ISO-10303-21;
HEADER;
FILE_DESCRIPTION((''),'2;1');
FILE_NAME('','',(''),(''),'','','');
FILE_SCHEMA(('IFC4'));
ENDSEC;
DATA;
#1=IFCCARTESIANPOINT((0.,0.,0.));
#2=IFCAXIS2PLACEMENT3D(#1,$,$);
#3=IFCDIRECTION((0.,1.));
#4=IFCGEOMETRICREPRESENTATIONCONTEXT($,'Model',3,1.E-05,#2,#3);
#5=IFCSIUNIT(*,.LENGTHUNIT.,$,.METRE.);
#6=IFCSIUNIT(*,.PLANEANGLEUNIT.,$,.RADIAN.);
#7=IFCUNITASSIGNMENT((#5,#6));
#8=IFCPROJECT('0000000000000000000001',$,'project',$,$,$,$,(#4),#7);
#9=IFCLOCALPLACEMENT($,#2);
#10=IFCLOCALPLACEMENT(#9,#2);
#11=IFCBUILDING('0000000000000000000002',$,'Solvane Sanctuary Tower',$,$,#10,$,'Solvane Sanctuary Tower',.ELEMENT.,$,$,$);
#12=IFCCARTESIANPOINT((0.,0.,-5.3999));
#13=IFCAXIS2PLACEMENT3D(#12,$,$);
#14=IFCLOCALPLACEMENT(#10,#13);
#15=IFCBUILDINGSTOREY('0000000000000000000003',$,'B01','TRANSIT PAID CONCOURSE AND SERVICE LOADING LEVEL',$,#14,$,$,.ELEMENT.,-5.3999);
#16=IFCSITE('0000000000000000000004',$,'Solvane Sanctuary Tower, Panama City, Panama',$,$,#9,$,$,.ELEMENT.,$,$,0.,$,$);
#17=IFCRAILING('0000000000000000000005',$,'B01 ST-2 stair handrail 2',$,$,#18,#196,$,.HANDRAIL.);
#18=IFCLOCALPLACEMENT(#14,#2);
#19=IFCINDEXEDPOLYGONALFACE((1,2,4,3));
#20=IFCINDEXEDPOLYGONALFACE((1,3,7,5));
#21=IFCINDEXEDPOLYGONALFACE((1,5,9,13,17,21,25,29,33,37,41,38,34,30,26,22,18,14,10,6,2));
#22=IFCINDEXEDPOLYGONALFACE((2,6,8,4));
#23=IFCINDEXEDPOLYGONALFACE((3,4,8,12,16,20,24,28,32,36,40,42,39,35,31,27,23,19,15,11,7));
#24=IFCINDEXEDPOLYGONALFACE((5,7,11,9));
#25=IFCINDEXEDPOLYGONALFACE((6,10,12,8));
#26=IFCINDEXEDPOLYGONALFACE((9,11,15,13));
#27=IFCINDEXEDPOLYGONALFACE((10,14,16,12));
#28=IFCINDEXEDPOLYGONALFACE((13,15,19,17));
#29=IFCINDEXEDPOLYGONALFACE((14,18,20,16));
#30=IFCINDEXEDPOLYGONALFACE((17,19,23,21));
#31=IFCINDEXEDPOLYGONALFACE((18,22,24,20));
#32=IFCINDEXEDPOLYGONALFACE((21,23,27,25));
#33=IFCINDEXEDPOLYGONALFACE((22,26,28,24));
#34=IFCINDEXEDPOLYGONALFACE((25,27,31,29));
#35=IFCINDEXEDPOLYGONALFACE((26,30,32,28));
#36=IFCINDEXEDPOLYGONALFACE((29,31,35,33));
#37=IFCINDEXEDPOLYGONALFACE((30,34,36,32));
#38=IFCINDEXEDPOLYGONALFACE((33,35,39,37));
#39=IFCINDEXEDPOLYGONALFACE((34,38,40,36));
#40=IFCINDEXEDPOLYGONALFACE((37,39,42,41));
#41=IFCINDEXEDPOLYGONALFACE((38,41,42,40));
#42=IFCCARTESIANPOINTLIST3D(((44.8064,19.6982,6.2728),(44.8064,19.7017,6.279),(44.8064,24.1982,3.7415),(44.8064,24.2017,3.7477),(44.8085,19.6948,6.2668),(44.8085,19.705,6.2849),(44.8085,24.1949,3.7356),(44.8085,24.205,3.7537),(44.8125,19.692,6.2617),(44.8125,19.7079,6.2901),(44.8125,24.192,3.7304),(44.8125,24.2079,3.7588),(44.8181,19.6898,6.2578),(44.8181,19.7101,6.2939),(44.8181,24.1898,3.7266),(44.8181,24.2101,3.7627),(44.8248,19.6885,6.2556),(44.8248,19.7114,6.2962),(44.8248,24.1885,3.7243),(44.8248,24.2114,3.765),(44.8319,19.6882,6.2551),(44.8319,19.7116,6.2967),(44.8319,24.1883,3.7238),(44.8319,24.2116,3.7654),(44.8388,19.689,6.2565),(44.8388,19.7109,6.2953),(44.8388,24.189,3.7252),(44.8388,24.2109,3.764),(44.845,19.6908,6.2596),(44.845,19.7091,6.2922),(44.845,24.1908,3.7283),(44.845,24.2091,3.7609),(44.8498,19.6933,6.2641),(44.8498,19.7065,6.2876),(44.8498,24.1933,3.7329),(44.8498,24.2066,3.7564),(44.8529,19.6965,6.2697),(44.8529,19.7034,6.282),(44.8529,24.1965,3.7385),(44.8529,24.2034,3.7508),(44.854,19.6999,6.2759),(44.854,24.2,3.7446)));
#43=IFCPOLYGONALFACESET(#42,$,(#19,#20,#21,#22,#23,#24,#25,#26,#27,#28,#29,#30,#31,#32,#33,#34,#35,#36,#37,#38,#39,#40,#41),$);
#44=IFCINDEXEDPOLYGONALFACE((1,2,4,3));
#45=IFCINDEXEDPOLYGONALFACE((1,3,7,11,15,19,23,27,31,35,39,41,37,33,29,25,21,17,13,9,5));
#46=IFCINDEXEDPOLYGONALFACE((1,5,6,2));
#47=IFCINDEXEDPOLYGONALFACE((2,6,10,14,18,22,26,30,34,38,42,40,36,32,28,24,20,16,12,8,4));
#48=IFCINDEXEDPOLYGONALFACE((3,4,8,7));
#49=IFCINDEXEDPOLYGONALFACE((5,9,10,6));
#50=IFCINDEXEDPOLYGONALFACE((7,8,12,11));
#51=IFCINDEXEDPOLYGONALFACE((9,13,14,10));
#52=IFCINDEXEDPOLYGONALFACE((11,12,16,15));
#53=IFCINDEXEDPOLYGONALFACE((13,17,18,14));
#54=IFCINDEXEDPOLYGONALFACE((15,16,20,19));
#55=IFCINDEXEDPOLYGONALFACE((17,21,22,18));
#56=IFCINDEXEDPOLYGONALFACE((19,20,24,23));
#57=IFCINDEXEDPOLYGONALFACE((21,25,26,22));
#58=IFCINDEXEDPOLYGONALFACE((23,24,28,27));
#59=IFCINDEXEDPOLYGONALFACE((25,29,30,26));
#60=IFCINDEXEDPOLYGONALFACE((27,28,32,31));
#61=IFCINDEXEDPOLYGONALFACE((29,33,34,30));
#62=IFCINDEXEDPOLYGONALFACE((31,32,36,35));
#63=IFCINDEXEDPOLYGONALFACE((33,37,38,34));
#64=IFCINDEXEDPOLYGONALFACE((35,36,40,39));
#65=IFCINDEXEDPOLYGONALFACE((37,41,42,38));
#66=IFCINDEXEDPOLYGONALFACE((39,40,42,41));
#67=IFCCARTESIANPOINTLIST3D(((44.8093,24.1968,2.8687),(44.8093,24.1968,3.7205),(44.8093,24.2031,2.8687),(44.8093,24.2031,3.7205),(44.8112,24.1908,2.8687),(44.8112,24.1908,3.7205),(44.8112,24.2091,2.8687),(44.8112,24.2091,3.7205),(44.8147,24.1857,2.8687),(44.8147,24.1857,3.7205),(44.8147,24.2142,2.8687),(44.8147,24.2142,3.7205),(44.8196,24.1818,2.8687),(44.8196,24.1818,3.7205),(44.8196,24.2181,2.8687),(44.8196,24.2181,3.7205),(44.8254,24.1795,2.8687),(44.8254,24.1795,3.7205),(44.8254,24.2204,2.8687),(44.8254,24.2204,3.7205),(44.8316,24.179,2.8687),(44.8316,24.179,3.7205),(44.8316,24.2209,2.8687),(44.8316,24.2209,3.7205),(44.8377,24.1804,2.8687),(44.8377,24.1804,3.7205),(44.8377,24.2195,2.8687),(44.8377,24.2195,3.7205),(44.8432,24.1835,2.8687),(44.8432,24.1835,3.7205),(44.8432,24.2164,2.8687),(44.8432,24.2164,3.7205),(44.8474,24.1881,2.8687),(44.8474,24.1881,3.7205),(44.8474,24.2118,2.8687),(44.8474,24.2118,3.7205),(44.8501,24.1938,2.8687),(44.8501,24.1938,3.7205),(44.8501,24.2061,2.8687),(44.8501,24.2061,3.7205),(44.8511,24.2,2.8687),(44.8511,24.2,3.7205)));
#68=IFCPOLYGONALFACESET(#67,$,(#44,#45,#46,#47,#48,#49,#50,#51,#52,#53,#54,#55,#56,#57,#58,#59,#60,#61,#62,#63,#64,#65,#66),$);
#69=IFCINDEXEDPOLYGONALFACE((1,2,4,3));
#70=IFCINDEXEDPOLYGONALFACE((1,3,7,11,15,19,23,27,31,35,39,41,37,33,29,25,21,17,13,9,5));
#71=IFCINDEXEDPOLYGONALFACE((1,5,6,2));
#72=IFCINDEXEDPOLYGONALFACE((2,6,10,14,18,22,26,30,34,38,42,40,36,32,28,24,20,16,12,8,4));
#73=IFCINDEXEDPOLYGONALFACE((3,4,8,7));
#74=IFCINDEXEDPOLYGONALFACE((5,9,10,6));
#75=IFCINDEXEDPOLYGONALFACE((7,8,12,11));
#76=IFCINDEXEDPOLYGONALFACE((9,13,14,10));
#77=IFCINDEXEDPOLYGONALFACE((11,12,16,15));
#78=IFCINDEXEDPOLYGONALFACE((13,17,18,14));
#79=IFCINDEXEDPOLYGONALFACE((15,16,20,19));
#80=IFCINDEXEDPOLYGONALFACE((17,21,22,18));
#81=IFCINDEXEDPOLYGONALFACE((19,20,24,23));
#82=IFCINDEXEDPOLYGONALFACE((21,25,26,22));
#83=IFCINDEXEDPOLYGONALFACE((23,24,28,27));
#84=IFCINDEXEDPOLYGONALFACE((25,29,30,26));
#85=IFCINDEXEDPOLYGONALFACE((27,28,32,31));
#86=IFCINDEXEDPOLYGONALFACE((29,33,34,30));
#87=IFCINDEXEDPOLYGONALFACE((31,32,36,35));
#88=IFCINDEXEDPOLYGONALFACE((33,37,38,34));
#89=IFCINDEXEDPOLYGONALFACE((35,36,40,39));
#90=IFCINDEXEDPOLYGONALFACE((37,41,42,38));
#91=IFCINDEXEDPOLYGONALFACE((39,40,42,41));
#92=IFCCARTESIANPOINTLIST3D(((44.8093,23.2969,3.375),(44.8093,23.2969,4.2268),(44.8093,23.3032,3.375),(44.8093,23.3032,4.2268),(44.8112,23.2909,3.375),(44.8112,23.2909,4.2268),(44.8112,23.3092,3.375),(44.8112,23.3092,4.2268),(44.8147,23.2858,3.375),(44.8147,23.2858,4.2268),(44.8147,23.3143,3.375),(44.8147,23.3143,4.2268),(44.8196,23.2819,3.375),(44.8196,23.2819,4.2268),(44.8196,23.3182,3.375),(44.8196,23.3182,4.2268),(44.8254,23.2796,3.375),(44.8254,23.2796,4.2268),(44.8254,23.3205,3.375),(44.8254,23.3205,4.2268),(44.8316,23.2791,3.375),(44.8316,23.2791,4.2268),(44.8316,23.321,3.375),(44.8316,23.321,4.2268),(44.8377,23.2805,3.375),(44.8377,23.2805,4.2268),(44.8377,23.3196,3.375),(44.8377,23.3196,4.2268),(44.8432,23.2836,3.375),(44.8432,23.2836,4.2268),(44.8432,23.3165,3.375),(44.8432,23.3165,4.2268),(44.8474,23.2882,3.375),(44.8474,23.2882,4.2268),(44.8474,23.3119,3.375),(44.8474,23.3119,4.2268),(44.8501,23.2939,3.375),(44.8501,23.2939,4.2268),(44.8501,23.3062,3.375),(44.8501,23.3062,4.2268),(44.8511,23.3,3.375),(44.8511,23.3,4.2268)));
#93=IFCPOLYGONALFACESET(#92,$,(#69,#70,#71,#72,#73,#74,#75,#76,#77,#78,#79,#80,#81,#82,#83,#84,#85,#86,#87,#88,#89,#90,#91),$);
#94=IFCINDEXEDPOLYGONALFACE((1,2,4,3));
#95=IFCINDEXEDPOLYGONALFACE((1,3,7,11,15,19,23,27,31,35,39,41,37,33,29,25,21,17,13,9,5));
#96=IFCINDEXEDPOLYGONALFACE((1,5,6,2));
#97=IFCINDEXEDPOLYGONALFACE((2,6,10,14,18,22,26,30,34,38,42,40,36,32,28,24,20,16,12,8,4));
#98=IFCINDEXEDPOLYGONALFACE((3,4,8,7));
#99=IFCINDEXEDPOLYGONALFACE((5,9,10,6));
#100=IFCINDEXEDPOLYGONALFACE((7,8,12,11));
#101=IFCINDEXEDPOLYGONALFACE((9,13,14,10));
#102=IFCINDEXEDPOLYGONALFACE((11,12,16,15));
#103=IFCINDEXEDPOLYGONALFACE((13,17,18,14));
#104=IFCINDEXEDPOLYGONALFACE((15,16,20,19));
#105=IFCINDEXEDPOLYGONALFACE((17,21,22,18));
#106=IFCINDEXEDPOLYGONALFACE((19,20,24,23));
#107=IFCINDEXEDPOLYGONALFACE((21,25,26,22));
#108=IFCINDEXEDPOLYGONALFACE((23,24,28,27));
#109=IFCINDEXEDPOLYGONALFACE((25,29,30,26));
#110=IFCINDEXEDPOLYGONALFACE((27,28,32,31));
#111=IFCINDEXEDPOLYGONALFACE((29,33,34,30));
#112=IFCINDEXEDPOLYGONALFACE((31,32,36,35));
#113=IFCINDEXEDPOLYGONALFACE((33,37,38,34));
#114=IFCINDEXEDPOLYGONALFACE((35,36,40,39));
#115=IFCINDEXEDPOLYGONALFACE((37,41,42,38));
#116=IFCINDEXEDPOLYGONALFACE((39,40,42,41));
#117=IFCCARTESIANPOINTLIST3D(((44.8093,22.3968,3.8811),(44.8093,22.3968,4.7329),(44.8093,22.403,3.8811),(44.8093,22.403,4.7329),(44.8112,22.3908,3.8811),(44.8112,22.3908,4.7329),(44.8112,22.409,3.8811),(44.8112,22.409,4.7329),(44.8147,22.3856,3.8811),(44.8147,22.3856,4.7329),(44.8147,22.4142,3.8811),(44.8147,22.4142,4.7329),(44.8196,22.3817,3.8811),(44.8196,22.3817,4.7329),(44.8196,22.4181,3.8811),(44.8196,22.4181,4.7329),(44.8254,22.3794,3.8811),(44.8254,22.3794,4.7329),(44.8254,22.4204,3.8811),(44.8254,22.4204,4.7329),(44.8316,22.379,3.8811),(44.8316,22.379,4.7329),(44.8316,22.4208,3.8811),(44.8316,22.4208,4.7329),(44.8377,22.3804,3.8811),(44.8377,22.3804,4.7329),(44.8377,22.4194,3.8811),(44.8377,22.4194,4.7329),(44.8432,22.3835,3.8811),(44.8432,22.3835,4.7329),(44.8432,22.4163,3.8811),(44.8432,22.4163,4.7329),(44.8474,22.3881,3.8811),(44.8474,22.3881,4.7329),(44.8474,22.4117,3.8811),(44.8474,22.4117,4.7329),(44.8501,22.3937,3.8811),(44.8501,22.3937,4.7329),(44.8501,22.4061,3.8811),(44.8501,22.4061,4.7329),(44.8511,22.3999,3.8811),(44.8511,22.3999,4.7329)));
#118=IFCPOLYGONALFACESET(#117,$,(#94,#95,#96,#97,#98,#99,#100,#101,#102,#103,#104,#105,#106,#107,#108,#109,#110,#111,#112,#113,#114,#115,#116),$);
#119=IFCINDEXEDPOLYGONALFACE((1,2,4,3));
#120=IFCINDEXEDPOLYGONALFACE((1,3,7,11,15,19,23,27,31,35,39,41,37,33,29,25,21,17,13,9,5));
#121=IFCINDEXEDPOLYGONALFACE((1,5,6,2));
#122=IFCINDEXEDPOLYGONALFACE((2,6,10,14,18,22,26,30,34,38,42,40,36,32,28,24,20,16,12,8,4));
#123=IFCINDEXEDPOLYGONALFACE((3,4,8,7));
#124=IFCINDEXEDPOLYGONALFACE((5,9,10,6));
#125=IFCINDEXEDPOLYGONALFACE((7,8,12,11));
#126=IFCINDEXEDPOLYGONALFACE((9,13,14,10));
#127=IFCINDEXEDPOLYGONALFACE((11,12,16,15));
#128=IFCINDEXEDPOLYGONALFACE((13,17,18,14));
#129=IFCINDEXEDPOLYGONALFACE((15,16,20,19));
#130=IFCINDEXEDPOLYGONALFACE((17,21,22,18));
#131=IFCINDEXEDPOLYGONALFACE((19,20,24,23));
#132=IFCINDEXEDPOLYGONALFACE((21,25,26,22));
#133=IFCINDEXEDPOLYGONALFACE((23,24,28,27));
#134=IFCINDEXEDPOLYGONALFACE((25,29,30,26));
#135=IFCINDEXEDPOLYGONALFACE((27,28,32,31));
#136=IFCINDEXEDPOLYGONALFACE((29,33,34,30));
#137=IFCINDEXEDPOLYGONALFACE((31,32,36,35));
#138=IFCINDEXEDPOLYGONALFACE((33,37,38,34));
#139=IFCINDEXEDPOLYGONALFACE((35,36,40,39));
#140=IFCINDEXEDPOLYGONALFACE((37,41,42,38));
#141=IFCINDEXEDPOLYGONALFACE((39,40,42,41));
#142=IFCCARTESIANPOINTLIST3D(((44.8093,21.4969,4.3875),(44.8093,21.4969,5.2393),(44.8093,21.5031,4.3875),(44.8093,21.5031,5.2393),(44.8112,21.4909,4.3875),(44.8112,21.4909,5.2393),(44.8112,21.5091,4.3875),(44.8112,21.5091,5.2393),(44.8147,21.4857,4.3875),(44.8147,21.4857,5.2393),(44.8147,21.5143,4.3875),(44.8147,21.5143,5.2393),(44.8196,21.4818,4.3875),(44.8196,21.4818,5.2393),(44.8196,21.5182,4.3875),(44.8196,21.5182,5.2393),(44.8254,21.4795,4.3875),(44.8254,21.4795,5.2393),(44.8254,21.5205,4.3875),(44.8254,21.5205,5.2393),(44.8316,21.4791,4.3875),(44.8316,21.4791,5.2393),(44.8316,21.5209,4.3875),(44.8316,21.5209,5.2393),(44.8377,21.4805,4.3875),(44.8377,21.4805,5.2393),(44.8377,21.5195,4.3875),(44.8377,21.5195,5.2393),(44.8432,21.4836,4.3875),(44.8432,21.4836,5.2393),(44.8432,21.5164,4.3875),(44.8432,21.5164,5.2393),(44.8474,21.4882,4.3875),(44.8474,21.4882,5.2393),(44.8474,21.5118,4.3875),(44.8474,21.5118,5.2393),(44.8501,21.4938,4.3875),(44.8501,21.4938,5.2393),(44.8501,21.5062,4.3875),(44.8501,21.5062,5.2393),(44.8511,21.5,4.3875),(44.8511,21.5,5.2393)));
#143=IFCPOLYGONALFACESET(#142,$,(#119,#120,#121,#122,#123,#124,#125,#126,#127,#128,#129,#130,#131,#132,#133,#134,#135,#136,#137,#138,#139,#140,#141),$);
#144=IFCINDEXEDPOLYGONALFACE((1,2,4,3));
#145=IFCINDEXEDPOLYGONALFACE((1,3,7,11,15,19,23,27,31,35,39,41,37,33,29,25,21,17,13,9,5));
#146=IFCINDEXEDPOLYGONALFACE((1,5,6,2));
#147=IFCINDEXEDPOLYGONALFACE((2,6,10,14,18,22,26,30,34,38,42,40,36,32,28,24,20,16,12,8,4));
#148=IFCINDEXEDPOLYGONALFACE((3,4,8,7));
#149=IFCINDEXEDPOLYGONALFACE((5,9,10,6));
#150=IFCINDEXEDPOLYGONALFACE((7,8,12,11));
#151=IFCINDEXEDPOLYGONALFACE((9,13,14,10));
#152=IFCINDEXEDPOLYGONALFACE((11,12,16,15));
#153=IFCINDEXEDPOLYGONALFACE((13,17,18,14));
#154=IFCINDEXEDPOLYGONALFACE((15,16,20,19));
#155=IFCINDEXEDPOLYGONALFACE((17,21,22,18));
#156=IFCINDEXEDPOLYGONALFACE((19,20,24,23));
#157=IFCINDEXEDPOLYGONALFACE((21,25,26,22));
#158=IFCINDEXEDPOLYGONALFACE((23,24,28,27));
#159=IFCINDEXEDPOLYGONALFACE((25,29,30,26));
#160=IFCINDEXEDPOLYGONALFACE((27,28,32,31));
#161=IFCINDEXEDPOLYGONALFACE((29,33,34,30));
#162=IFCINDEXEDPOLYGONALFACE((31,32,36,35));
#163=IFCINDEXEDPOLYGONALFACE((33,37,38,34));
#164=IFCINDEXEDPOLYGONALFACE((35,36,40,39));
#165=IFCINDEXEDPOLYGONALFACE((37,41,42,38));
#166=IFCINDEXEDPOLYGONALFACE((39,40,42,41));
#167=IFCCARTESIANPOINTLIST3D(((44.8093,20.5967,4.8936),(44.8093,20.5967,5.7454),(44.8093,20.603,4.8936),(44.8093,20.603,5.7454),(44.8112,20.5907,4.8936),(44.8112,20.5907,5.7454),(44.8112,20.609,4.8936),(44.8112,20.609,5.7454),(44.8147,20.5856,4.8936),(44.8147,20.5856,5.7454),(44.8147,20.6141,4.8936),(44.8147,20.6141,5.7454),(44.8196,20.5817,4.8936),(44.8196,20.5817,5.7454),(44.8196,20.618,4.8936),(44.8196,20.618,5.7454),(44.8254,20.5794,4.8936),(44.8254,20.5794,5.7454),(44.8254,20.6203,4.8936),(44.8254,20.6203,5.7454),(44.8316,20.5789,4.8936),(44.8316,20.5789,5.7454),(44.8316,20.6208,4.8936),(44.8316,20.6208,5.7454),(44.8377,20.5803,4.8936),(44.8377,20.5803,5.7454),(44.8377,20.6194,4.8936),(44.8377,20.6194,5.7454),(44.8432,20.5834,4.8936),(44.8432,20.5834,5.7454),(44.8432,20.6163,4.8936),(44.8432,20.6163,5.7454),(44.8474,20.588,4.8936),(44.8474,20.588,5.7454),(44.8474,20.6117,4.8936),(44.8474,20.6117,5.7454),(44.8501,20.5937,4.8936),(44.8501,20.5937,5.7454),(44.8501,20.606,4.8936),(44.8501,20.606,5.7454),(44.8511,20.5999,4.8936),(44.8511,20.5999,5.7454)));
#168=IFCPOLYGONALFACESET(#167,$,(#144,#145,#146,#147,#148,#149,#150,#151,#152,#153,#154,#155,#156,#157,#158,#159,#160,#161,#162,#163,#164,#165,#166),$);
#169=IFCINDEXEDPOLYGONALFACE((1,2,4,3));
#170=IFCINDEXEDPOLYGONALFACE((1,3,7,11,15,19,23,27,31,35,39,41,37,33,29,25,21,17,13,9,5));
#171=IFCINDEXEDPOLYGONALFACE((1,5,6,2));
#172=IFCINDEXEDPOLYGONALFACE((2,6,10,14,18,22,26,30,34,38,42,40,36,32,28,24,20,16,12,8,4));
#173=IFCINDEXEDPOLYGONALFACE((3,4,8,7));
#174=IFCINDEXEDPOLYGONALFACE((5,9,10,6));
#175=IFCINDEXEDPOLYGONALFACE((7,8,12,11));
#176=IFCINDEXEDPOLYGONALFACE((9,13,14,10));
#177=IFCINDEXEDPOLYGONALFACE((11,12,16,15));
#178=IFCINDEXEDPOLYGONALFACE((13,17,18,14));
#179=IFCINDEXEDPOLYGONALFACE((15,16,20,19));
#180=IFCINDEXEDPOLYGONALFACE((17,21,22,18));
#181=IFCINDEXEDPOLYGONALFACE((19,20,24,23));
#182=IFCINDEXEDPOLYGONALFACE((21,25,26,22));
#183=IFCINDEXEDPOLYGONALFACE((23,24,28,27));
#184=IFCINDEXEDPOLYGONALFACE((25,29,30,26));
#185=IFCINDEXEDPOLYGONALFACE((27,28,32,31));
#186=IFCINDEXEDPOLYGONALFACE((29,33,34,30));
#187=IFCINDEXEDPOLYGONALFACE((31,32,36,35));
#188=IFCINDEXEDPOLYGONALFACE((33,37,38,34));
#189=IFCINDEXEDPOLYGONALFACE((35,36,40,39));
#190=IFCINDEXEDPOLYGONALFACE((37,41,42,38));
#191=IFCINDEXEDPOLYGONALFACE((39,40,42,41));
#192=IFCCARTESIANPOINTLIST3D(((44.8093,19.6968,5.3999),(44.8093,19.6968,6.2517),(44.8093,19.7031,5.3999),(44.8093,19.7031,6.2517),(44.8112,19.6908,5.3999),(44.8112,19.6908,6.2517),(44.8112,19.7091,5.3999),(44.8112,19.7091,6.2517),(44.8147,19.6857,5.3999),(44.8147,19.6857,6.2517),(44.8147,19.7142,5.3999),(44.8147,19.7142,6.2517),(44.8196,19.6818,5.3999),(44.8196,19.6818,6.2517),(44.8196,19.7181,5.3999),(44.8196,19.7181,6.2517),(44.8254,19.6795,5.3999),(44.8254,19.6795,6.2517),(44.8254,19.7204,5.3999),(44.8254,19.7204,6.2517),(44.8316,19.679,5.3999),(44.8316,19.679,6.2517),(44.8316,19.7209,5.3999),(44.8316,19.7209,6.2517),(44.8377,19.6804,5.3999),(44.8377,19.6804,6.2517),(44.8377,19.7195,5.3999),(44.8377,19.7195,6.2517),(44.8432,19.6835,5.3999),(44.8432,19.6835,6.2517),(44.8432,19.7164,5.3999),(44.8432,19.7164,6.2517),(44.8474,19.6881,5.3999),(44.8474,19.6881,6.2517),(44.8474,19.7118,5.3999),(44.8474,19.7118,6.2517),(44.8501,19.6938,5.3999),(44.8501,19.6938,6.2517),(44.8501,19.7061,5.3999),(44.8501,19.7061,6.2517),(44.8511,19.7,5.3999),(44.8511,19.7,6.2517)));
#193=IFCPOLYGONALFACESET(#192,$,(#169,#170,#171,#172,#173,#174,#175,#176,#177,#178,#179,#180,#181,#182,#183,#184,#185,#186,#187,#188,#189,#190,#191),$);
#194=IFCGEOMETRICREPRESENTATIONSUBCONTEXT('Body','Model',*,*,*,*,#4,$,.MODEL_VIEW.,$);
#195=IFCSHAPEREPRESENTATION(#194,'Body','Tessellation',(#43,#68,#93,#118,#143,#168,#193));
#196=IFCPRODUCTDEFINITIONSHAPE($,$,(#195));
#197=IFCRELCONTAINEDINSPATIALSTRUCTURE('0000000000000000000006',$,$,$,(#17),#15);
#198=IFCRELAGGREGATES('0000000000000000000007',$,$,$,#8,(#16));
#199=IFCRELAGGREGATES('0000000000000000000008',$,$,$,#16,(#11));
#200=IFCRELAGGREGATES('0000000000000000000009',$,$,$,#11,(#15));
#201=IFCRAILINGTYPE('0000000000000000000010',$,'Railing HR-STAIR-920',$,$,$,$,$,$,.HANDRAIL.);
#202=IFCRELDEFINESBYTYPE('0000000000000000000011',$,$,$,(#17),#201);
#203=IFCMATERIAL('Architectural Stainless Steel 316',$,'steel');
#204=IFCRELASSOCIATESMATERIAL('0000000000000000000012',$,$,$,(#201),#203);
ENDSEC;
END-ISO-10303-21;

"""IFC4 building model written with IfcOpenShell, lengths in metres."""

from ifc_helpers import new_model, si_unit, direction, frame, origin, origin_2d, place, context, subcontext, project, spatial, circle, extrude, material, type_object, element, save


model = new_model("IFC4")

# Units and contexts
model_context = context("Model", 3, precision=1e-05, world=origin(), true_north=direction((0.0, 1.0)))
body_context = subcontext(model_context, "Body", "Model", "MODEL_VIEW")
ifc_project = project(units=[si_unit("LENGTHUNIT", "METRE"), si_unit("PLANEANGLEUNIT", "RADIAN")], contexts=[model_context])

# Site, building, storey
site_placement = place(None, origin())
site = spatial("IfcSite", under=ifc_project, at=site_placement, Name="Solvane Sanctuary Tower, Panama City, Panama", CompositionType="ELEMENT", RefElevation=0.0)
building_placement = place(site_placement, origin())
building = spatial("IfcBuilding", under=site, at=building_placement, Name="Solvane Sanctuary Tower", LongName="Solvane Sanctuary Tower", CompositionType="ELEMENT")
storey_placement = place(building_placement, frame((0.0, 0.0, -5.3999)))
storey = spatial("IfcBuildingStorey", under=building, at=storey_placement, Name="B01", Description="TRANSIT PAID CONCOURSE AND SERVICE LOADING LEVEL", CompositionType="ELEMENT", Elevation=-5.3999)

# Shared definitions
ifc_material_1 = material(Name="Architectural Stainless Steel 316", Category="steel")

# Railing
railing_type_1 = type_object("IfcRailingType", Name="Railing HR-STAIR-920", PredefinedType="HANDRAIL", material=ifc_material_1)
railing_1_placement = place(storey_placement, frame((44.8301, 24.2, 2.8687)))
element("IfcRailing", 1, at=railing_1_placement, inside=storey, type_object=railing_type_1, Name="B01 ST-2 stair handrail 2", PredefinedType="HANDRAIL", context=body_context, shape_type="SweptSolid", body=[
    extrude(circle(Radius=0.0239, at=origin_2d()), frame((0.0, 0.0, 0.876), z_axis=(0.0, -0.871576, 0.490261), x_axis=(1.0, 0.0, 0.0)), (0.0, 0.0, 1.0), 5.1631),
    extrude(circle(Radius=0.021, at=origin_2d()), origin(), (0.0, 0.0, 1.0), 0.8518),
    extrude(circle(Radius=0.021, at=origin_2d()), frame((0.0, -0.8999, 0.5063)), (0.0, 0.0, 1.0), 0.8518),
    extrude(circle(Radius=0.021, at=origin_2d()), frame((0.0, -1.8, 1.0125)), (0.0, 0.0, 1.0), 0.8518),
    extrude(circle(Radius=0.021, at=origin_2d()), frame((0.0, -2.7, 1.5188)), (0.0, 0.0, 1.0), 0.8518),
    extrude(circle(Radius=0.021, at=origin_2d()), frame((0.0, -3.6001, 2.0249)), (0.0, 0.0, 1.0), 0.8518),
    extrude(circle(Radius=0.021, at=origin_2d()), frame((0.0, -4.5, 2.5312)), (0.0, 0.0, 1.0), 0.8518),
])

save(model, "model.ifc")
